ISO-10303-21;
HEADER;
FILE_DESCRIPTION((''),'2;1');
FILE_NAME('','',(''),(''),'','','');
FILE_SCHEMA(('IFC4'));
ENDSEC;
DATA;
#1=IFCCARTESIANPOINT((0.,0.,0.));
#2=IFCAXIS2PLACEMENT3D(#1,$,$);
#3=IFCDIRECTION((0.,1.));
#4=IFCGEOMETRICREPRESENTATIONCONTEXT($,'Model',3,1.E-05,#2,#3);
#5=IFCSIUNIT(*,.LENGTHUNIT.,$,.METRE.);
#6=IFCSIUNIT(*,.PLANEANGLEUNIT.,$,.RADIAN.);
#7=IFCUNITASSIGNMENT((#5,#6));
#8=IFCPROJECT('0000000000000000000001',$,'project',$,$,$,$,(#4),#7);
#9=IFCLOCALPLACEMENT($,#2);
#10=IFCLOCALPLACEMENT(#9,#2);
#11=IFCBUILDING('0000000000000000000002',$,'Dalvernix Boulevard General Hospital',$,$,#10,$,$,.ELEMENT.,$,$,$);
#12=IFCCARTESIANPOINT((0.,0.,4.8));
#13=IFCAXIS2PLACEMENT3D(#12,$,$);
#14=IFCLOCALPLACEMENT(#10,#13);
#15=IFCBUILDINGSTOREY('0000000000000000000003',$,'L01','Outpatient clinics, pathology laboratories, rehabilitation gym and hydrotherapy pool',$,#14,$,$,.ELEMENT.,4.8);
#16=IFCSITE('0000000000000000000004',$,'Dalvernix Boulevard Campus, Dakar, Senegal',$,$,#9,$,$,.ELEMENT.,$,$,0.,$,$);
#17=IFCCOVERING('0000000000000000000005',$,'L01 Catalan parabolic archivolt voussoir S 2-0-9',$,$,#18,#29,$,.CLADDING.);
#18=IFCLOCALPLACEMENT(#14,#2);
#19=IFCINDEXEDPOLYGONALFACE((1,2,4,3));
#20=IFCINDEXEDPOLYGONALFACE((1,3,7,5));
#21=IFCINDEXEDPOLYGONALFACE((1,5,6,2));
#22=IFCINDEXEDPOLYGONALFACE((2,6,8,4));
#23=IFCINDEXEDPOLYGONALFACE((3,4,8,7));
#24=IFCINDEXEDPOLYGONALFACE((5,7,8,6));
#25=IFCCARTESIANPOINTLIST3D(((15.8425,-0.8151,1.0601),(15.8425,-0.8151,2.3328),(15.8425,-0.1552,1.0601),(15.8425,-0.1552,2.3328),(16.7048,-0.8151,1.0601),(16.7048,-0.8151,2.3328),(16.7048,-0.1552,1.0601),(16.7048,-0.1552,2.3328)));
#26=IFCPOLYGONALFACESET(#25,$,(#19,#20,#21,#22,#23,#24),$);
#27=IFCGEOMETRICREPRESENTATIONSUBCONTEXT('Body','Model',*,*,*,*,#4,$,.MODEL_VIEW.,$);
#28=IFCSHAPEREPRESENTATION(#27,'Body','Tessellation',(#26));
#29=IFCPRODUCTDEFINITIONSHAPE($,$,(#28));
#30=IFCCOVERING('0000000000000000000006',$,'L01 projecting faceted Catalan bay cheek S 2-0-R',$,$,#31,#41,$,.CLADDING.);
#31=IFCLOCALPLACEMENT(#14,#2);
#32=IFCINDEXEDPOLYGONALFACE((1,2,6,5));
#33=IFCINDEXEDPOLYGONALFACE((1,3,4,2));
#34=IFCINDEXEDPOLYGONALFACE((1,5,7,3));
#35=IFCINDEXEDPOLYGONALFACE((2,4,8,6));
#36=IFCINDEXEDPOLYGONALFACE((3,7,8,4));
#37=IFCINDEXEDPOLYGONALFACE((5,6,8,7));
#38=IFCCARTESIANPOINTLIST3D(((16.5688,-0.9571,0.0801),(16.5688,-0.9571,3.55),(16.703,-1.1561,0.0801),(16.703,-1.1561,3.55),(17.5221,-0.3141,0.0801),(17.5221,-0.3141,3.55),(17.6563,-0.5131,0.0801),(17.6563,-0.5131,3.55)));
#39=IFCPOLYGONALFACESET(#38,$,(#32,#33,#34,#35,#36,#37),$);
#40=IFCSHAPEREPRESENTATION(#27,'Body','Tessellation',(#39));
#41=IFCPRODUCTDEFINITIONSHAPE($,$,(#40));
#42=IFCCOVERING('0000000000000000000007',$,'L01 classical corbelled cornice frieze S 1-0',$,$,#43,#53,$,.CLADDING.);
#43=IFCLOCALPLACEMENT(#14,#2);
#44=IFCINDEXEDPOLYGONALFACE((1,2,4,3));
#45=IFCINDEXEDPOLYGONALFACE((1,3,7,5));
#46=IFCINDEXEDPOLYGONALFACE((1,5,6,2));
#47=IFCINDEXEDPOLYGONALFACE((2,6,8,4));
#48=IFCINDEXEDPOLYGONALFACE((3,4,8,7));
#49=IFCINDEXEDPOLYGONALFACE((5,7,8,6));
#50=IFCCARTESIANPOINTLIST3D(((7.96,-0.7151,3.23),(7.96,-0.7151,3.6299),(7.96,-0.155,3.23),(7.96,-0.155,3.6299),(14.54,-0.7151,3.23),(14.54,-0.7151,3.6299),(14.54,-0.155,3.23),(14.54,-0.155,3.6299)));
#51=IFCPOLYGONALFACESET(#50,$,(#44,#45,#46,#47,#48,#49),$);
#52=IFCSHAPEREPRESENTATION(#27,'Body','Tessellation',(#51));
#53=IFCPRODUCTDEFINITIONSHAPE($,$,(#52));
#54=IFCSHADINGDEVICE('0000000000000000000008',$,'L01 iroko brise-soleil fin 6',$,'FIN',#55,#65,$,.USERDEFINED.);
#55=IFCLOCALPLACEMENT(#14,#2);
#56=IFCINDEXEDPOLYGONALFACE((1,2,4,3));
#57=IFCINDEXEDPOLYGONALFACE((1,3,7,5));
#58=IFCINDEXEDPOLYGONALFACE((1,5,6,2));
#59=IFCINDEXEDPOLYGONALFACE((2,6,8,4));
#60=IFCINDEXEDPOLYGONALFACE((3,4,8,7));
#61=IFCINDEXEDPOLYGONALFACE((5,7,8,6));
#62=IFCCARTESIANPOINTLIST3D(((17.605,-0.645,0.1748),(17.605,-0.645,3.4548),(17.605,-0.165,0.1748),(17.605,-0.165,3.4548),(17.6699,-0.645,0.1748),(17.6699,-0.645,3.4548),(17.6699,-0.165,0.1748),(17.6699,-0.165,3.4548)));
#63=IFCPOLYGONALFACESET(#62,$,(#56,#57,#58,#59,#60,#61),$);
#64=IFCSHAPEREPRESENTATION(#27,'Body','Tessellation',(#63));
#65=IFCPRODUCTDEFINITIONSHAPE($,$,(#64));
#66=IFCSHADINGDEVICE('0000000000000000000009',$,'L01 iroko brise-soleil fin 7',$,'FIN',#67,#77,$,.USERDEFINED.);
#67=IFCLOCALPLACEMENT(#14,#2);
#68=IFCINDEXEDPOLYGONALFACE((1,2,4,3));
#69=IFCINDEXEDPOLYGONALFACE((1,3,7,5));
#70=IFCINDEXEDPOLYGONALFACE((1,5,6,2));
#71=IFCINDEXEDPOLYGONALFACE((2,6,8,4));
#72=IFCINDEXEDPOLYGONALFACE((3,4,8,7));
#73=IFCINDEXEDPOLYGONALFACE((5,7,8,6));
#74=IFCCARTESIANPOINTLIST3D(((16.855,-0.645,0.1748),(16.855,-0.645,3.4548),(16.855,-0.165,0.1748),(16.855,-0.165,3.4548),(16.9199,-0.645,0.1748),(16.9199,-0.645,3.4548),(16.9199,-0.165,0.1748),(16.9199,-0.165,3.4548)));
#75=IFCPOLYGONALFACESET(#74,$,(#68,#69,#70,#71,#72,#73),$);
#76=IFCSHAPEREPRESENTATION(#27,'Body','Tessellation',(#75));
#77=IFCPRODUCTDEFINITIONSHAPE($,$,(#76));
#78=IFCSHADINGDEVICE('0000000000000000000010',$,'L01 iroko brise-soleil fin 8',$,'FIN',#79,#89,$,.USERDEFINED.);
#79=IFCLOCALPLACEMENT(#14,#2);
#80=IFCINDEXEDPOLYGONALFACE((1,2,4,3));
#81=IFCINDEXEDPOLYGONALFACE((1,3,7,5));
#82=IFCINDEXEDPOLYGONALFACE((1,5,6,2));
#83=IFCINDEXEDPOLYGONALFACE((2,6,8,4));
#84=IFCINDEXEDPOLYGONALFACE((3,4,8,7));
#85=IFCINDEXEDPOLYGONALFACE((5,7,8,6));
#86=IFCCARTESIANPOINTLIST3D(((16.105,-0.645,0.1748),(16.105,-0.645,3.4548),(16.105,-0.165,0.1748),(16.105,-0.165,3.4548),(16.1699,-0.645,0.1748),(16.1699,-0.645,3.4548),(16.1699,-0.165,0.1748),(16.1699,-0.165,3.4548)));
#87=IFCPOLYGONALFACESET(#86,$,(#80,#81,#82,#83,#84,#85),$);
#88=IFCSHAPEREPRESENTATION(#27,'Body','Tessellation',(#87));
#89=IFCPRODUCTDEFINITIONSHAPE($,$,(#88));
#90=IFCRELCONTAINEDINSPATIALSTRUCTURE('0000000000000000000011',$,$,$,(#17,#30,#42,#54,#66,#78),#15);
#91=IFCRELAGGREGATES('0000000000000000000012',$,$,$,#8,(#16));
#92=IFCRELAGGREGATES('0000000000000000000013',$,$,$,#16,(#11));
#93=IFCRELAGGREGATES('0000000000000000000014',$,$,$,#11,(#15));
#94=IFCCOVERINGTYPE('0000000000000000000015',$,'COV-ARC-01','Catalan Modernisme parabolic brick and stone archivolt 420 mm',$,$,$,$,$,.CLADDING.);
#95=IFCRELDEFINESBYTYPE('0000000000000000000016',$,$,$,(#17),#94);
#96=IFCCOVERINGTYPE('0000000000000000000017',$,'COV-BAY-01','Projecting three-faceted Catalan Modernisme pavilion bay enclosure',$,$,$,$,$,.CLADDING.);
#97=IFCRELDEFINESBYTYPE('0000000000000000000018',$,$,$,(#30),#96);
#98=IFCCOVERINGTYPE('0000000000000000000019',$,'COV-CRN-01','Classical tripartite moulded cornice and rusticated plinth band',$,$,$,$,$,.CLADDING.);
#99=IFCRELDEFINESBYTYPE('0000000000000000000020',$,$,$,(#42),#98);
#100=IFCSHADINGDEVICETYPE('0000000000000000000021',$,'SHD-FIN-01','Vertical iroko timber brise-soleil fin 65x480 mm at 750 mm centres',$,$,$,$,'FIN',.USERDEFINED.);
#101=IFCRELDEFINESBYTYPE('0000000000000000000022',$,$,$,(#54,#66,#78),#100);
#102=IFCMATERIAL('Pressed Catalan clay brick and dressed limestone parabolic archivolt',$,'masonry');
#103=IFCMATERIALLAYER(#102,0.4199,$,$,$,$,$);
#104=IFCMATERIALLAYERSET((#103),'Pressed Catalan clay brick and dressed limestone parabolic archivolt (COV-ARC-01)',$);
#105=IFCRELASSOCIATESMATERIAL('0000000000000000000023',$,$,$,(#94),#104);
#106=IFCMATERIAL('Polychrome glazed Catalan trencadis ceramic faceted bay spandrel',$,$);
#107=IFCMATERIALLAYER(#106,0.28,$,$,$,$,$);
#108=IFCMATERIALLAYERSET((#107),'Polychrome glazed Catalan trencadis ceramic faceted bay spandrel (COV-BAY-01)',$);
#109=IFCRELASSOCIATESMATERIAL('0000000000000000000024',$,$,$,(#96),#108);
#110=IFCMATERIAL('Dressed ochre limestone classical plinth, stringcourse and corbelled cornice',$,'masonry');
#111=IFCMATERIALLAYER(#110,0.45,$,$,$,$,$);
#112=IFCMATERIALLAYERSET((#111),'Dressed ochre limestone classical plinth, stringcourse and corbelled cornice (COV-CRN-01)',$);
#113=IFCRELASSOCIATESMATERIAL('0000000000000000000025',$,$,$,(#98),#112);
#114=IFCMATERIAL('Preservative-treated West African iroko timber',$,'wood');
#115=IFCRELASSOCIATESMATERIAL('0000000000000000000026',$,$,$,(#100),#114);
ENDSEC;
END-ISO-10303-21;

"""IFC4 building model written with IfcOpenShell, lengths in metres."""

from ifc_helpers import new_model, si_unit, direction, frame, origin, origin_2d, place, context, subcontext, project, spatial, rectangle, extrude, material, layer, layer_set, type_object, element, save


model = new_model("IFC4")

# Units and contexts
model_context = context("Model", 3, precision=1e-05, world=origin(), true_north=direction((0.0, 1.0)))
body_context = subcontext(model_context, "Body", "Model", "MODEL_VIEW")
ifc_project = project(units=[si_unit("LENGTHUNIT", "METRE"), si_unit("PLANEANGLEUNIT", "RADIAN")], contexts=[model_context])

# Site, building, storey
site_placement = place(None, origin())
site = spatial("IfcSite", under=ifc_project, at=site_placement, Name="Dalvernix Boulevard Campus, Dakar, Senegal", CompositionType="ELEMENT", RefElevation=0.0)
building_placement = place(site_placement, origin())
building = spatial("IfcBuilding", under=site, at=building_placement, Name="Dalvernix Boulevard General Hospital", CompositionType="ELEMENT")
storey_placement = place(building_placement, frame((0.0, 0.0, 4.8)))
storey = spatial("IfcBuildingStorey", under=building, at=storey_placement, Name="L01", Description="Outpatient clinics, pathology laboratories, rehabilitation gym and hydrotherapy pool", CompositionType="ELEMENT", Elevation=4.8)

# Coverings
ifc_material_1 = material(Name="Pressed Catalan clay brick and dressed limestone parabolic archivolt", Category="masonry")
ifc_layer_1 = layer(ifc_material_1, 0.4199)
ifc_layer_set_1 = layer_set([ifc_layer_1], Name="Pressed Catalan clay brick and dressed limestone parabolic archivolt (COV-ARC-01)")
covering_type_1 = type_object("IfcCoveringType", Name="COV-ARC-01", Description="Catalan Modernisme parabolic brick and stone archivolt 420 mm", PredefinedType="CLADDING", material=ifc_layer_set_1)
covering_1_placement = place(storey_placement, frame((16.2737, -0.4851, 1.0601), z_axis=(0.0, 0.0, 1.0), x_axis=(-1.0, 0.0, 0.0)))
element("IfcCovering", 1, at=covering_1_placement, inside=storey, type_object=covering_type_1, Name="L01 Catalan parabolic archivolt voussoir S 2-0-9", PredefinedType="CLADDING", context=body_context, shape_type="SweptSolid", body=[
    extrude(rectangle(XDim=0.8623, YDim=0.6599, at=origin_2d()), origin(), (0.0, 0.0, 1.0), 1.2727),
])
ifc_material_2 = material(Name="Polychrome glazed Catalan trencadis ceramic faceted bay spandrel")
ifc_layer_2 = layer(ifc_material_2, 0.28)
ifc_layer_set_2 = layer_set([ifc_layer_2], Name="Polychrome glazed Catalan trencadis ceramic faceted bay spandrel (COV-BAY-01)")
covering_type_2 = type_object("IfcCoveringType", Name="COV-BAY-01", Description="Projecting three-faceted Catalan Modernisme pavilion bay enclosure", PredefinedType="CLADDING", material=ifc_layer_set_2)
covering_2_placement = place(storey_placement, frame((17.1125, -0.7351, 0.0801), z_axis=(0.0, 0.0, 1.0), x_axis=(-0.829038, -0.559193, 0.0)))
element("IfcCovering", 2, at=covering_2_placement, inside=storey, type_object=covering_type_2, Name="L01 projecting faceted Catalan bay cheek S 2-0-R", PredefinedType="CLADDING", context=body_context, shape_type="SweptSolid", body=[
    extrude(rectangle(XDim=1.1499, YDim=0.24, at=origin_2d()), origin(), (0.0, 0.0, 1.0), 3.47),
])
ifc_material_3 = material(Name="Dressed ochre limestone classical plinth, stringcourse and corbelled cornice", Category="masonry")
ifc_layer_3 = layer(ifc_material_3, 0.45)
ifc_layer_set_3 = layer_set([ifc_layer_3], Name="Dressed ochre limestone classical plinth, stringcourse and corbelled cornice (COV-CRN-01)")
covering_type_3 = type_object("IfcCoveringType", Name="COV-CRN-01", Description="Classical tripartite moulded cornice and rusticated plinth band", PredefinedType="CLADDING", material=ifc_layer_set_3)
covering_3_placement = place(storey_placement, frame((11.25, -0.4351, 3.23), z_axis=(0.0, 0.0, 1.0), x_axis=(-1.0, 0.0, 0.0)))
element("IfcCovering", 3, at=covering_3_placement, inside=storey, type_object=covering_type_3, Name="L01 classical corbelled cornice frieze S 1-0", PredefinedType="CLADDING", context=body_context, shape_type="SweptSolid", body=[
    extrude(rectangle(XDim=6.5801, YDim=0.5601, at=origin_2d()), origin(), (0.0, 0.0, 1.0), 0.3999),
])

# Shading devices
ifc_material_4 = material(Name="Preservative-treated West African iroko timber", Category="wood")
shading_device_type = type_object("IfcShadingDeviceType", Name="SHD-FIN-01", Description="Vertical iroko timber brise-soleil fin 65x480 mm at 750 mm centres", ElementType="FIN", PredefinedType="USERDEFINED", material=ifc_material_4)
for number, where, z_axis, x_axis, name in (
    (4, (17.6375, -0.405, 0.1748), (0.0, 0.0, 1.0), (-1.0, 0.0, 0.0), "L01 iroko brise-soleil fin 6"),
    (5, (16.8875, -0.405, 0.1748), (0.0, 0.0, 1.0), (-1.0, 0.0, 0.0), "L01 iroko brise-soleil fin 7"),
    (6, (16.1375, -0.405, 0.1748), (0.0, 0.0, 1.0), (-1.0, 0.0, 0.0), "L01 iroko brise-soleil fin 8"),
):
    element("IfcShadingDevice", number, at=place(storey_placement, frame(where, z_axis=z_axis, x_axis=x_axis)), inside=storey, type_object=shading_device_type, Name=name, ObjectType="FIN", PredefinedType="USERDEFINED", context=body_context, shape_type="SweptSolid", body=[
        extrude(rectangle(XDim=0.0649, YDim=0.48, at=origin_2d()), origin(), (0.0, 0.0, 1.0), 3.28),
    ])

save(model, "model.ifc")
